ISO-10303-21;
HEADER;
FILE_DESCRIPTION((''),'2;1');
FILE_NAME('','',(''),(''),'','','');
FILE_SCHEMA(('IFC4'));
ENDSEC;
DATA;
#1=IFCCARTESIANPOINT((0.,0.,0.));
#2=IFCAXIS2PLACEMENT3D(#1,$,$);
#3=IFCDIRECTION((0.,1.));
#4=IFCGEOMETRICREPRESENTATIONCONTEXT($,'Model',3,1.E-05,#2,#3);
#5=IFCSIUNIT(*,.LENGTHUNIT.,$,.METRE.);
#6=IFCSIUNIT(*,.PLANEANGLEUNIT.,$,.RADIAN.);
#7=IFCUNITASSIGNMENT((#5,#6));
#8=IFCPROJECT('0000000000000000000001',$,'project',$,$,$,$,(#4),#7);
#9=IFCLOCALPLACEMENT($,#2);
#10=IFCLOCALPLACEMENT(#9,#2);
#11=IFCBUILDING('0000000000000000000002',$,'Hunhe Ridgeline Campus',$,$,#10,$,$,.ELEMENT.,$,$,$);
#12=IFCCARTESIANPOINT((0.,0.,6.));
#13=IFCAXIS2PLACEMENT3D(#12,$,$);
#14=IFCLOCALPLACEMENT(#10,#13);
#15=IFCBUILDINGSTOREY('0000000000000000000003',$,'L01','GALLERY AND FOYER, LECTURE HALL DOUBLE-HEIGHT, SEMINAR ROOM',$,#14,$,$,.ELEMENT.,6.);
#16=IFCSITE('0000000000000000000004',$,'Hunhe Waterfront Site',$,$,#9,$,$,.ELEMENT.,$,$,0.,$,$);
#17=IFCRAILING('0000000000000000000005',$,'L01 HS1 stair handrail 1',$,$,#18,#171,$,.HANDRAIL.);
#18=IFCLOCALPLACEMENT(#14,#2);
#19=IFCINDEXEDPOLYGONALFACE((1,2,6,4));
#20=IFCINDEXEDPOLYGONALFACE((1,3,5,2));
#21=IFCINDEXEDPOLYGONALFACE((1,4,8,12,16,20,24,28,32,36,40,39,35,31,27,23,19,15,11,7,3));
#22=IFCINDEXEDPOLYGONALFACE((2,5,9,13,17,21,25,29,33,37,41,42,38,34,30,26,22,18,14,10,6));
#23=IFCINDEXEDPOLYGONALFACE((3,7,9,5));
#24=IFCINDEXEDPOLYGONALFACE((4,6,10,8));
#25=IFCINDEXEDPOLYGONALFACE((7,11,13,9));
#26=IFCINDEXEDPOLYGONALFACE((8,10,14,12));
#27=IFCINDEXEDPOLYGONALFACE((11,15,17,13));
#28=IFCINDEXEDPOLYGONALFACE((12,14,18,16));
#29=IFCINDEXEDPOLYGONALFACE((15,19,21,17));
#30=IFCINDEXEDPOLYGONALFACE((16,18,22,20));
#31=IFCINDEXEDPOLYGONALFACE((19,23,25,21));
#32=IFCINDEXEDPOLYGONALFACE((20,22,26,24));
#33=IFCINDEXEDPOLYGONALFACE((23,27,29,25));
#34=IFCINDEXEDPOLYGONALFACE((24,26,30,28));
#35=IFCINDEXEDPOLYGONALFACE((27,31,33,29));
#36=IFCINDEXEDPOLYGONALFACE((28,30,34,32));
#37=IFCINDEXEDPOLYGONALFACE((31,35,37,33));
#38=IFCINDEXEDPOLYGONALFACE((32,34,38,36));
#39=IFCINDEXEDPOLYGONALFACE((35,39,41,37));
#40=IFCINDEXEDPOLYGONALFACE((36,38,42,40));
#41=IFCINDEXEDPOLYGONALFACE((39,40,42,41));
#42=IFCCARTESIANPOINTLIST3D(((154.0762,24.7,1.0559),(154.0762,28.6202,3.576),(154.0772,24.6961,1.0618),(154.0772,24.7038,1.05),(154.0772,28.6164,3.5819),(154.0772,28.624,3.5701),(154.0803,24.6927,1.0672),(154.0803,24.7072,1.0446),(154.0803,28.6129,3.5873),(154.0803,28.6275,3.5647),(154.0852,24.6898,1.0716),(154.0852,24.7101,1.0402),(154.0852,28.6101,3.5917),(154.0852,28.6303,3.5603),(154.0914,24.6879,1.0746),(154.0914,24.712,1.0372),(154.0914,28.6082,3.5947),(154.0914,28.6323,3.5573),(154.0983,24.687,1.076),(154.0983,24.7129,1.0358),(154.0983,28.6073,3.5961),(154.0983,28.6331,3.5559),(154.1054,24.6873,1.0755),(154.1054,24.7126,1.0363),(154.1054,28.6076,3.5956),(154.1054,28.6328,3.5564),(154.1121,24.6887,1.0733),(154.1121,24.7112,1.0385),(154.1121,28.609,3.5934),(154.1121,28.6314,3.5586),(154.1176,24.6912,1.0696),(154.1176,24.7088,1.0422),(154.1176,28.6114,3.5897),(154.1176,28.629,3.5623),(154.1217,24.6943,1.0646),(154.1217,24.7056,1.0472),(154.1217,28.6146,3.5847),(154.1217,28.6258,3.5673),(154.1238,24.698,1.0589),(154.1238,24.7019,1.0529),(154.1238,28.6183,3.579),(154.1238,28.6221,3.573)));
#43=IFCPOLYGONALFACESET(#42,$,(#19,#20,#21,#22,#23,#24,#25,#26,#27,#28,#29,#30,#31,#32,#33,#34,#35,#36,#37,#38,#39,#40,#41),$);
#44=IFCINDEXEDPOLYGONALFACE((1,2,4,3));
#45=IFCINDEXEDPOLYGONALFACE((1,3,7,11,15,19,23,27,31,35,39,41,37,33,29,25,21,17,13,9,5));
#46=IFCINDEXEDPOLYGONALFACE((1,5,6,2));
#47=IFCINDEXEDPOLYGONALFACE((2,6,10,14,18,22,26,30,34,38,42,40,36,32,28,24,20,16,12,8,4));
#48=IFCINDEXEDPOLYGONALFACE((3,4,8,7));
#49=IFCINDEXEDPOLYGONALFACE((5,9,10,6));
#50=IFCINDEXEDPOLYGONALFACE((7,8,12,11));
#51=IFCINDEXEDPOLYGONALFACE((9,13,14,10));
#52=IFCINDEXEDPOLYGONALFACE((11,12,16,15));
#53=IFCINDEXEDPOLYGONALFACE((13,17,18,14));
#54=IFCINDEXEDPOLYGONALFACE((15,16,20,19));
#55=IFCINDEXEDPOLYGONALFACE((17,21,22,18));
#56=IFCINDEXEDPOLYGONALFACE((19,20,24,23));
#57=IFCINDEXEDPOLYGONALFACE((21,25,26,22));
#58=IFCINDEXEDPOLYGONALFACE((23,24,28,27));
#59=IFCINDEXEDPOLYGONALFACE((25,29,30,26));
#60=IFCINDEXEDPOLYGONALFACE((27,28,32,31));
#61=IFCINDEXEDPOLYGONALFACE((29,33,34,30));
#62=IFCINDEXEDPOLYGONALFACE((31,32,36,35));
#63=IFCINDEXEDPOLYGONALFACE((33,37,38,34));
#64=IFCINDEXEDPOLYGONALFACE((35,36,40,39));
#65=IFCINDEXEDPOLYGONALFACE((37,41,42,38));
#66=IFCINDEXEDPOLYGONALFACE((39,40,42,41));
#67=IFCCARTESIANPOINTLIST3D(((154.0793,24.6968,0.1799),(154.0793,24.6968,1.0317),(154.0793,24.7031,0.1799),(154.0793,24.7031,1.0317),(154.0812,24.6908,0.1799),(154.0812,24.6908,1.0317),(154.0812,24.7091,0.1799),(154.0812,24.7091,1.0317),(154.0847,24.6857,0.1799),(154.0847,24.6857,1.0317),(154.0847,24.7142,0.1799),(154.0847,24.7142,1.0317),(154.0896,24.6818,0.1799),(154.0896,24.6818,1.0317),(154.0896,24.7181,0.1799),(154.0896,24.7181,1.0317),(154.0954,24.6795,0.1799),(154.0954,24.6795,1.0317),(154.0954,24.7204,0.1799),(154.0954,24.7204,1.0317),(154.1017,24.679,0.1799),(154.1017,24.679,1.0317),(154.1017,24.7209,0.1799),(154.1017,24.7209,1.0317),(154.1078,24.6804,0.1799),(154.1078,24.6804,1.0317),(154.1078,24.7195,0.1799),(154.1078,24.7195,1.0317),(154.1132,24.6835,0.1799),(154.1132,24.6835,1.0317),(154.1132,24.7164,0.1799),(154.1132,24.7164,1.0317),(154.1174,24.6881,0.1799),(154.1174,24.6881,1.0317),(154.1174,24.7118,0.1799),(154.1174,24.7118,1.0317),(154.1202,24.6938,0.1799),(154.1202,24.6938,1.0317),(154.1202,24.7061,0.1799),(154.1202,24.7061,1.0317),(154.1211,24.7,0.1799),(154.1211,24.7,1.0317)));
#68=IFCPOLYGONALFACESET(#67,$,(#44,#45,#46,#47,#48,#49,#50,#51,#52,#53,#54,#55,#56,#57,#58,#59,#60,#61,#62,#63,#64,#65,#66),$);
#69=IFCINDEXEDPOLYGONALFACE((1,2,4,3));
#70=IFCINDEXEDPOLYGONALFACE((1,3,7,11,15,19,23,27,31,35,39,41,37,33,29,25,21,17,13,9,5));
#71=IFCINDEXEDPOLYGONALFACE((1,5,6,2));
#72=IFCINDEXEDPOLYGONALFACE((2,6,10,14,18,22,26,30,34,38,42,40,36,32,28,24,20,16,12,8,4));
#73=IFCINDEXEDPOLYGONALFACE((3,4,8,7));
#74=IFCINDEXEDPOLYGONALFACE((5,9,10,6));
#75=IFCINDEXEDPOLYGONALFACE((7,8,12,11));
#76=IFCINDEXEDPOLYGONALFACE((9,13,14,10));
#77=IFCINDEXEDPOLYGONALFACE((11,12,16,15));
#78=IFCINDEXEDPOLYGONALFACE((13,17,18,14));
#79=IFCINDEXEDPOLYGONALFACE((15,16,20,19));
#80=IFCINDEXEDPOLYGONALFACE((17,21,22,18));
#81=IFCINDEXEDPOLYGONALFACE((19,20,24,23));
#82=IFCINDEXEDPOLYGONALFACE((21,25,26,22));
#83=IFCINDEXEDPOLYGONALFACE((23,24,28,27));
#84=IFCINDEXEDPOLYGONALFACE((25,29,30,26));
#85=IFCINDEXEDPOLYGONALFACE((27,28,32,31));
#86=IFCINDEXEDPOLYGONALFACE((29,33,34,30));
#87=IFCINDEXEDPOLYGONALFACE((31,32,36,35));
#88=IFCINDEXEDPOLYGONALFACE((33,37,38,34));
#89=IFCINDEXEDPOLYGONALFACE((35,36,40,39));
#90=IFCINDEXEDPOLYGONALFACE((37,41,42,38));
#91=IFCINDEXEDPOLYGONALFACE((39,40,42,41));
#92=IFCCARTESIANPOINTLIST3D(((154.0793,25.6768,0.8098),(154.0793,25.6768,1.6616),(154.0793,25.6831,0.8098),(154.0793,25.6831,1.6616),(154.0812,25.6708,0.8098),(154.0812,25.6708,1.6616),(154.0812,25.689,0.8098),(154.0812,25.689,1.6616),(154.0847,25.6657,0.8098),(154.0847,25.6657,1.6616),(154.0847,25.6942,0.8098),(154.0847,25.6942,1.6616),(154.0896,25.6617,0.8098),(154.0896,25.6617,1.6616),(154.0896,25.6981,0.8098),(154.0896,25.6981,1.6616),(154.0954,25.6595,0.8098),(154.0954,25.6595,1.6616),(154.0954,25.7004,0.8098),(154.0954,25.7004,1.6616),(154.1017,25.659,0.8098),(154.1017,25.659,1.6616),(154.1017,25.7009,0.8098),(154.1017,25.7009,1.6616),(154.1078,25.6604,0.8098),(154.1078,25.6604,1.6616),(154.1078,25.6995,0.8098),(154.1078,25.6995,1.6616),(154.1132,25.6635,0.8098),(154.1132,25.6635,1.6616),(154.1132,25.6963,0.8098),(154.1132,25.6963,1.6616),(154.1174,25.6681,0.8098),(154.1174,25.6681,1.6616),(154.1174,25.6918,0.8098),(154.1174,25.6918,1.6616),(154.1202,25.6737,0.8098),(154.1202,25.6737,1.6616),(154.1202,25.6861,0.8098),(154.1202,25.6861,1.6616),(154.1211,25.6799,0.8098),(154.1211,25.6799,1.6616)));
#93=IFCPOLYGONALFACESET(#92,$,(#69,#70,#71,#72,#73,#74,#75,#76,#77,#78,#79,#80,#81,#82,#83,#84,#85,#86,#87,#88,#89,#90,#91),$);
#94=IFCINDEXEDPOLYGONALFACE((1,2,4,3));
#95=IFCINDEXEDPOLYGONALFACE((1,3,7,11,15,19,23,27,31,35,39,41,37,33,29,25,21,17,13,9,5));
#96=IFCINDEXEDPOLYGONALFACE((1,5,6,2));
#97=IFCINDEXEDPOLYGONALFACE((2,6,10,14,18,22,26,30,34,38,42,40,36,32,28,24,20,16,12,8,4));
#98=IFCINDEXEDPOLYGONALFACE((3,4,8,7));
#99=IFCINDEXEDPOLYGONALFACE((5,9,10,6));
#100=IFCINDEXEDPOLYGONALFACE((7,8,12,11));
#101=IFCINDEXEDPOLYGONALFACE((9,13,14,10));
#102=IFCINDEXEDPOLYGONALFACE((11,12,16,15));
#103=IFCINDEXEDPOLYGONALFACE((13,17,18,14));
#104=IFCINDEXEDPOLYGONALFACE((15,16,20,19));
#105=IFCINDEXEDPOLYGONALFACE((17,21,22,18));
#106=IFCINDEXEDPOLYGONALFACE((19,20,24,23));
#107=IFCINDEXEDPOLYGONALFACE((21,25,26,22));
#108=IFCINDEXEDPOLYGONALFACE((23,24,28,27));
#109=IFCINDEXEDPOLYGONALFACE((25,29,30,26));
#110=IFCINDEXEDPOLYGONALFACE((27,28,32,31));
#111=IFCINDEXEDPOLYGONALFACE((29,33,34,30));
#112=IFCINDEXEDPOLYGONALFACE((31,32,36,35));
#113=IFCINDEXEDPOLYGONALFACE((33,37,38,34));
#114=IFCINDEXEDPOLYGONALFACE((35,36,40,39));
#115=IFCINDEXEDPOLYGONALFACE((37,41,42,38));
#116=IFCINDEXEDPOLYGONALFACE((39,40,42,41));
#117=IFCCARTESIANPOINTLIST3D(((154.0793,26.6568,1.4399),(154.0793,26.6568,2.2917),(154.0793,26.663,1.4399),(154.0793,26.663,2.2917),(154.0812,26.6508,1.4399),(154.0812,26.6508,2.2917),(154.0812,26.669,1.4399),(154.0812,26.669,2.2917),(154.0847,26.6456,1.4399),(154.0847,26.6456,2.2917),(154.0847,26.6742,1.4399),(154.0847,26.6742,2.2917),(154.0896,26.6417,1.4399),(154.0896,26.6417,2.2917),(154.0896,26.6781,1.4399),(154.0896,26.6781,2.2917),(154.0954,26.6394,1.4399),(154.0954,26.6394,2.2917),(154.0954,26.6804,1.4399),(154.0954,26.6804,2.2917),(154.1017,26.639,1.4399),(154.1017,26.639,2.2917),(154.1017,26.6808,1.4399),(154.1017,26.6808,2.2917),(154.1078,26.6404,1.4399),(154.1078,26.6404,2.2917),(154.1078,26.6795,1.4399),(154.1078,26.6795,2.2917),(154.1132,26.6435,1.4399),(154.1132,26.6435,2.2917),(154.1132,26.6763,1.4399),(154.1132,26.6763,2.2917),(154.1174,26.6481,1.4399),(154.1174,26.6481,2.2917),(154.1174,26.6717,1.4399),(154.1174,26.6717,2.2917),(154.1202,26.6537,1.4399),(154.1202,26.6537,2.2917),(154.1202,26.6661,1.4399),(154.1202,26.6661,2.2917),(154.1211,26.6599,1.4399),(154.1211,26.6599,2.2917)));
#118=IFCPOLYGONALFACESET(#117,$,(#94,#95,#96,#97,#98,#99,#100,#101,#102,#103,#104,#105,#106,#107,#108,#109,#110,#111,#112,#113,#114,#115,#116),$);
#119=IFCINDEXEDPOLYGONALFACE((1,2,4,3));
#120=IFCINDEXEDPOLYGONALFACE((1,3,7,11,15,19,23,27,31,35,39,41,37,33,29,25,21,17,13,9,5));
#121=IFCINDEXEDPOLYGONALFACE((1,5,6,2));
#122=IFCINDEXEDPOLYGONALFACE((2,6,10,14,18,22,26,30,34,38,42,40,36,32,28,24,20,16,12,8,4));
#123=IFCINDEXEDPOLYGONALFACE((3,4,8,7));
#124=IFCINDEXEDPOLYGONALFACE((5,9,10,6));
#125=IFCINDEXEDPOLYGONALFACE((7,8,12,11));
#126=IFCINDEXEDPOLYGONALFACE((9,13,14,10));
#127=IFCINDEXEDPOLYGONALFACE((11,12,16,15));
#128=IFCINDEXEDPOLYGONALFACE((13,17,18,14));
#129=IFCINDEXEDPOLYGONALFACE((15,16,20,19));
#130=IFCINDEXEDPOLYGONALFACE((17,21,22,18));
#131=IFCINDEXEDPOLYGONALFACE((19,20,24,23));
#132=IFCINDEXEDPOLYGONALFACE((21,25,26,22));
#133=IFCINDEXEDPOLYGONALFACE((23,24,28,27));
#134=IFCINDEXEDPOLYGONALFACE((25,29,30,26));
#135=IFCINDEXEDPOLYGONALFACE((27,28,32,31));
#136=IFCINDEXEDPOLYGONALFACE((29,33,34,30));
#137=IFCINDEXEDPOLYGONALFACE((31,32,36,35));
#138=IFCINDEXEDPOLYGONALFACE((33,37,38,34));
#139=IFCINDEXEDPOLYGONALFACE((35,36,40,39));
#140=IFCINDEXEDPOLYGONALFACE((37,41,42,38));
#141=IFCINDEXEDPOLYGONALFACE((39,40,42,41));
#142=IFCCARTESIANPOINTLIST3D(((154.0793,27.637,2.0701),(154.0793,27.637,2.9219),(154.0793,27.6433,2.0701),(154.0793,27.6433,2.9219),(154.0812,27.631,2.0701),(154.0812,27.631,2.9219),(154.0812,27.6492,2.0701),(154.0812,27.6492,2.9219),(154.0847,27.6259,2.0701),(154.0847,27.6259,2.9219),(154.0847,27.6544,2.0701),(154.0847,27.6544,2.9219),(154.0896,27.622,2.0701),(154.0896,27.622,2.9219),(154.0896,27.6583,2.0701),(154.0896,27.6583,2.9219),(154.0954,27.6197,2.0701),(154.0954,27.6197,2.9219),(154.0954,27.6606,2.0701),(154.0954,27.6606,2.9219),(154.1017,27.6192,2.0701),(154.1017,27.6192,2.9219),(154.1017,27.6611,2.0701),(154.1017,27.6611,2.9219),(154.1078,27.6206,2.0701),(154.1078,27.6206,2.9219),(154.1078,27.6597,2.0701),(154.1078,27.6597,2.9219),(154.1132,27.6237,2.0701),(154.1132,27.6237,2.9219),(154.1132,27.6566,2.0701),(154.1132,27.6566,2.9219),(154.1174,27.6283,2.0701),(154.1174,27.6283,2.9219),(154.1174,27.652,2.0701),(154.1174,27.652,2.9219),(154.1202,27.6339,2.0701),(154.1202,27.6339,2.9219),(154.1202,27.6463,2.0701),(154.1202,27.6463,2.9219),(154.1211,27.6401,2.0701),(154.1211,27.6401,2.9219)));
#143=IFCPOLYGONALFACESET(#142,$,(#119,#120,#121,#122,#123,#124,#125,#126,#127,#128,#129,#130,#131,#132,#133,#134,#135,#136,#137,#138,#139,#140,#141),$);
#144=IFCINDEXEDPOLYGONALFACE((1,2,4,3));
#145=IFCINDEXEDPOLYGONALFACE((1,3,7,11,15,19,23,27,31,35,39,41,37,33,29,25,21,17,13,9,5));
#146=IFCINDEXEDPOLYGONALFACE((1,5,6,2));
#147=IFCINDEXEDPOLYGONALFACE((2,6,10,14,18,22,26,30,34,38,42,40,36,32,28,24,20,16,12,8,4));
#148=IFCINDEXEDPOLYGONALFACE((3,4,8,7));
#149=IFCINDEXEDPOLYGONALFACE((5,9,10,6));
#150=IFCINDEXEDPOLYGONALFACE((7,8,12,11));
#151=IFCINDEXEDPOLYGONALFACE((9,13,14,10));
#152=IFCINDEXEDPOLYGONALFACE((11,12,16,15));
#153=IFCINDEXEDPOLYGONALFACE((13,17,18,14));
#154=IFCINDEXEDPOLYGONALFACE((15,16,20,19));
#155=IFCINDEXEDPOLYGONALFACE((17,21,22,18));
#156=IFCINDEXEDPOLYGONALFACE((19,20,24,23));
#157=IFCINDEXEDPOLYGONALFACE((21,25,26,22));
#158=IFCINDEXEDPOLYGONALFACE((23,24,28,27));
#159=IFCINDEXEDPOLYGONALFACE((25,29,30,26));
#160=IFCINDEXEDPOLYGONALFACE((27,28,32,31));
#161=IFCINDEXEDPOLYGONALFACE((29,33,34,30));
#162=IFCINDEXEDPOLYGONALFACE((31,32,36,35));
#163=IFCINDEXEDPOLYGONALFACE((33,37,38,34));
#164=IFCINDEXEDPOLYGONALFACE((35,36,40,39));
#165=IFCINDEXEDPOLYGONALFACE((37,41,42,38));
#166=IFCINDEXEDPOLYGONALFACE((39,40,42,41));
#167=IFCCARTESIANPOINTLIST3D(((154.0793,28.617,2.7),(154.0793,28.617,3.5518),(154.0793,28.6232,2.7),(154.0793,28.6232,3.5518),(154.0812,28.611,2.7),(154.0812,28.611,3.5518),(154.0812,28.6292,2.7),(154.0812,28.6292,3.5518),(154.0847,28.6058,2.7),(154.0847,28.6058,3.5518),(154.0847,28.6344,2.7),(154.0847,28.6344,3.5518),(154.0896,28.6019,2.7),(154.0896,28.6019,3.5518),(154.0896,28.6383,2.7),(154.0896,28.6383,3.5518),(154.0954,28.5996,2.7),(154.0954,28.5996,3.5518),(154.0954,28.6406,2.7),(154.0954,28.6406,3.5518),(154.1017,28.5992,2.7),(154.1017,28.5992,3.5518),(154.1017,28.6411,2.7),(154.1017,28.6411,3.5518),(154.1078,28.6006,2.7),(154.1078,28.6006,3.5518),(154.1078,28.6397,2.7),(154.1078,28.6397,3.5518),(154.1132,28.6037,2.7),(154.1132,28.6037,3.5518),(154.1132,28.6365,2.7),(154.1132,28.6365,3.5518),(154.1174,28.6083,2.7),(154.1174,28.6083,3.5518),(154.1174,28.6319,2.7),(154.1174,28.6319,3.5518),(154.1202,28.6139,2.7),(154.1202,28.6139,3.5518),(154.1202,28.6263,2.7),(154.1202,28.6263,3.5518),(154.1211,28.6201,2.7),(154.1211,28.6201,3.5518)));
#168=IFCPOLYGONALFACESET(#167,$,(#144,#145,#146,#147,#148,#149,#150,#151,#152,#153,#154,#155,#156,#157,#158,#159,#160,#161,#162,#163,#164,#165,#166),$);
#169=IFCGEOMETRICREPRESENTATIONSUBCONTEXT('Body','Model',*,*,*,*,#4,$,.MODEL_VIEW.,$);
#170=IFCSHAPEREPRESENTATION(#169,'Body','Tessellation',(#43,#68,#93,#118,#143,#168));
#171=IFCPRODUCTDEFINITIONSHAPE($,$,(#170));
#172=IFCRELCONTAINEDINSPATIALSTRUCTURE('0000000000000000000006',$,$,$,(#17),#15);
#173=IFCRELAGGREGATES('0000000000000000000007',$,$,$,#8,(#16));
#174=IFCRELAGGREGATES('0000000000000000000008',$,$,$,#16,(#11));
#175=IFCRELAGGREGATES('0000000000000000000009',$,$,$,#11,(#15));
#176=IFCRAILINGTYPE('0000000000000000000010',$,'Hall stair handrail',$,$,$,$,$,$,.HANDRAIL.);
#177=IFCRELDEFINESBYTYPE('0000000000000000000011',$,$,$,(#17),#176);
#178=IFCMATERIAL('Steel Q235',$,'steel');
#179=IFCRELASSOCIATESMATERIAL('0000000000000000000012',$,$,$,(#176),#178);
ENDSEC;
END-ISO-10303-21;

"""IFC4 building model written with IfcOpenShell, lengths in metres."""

from ifc_helpers import new_model, si_unit, direction, frame, origin, origin_2d, place, context, subcontext, project, spatial, circle, extrude, material, type_object, element, save


model = new_model("IFC4")

# Units and contexts
model_context = context("Model", 3, precision=1e-05, world=origin(), true_north=direction((0.0, 1.0)))
body_context = subcontext(model_context, "Body", "Model", "MODEL_VIEW")
ifc_project = project(units=[si_unit("LENGTHUNIT", "METRE"), si_unit("PLANEANGLEUNIT", "RADIAN")], contexts=[model_context])

# Site, building, storey
site_placement = place(None, origin())
site = spatial("IfcSite", under=ifc_project, at=site_placement, Name="Hunhe Waterfront Site", CompositionType="ELEMENT", RefElevation=0.0)
building_placement = place(site_placement, origin())
building = spatial("IfcBuilding", under=site, at=building_placement, Name="Hunhe Ridgeline Campus", CompositionType="ELEMENT")
storey_placement = place(building_placement, frame((0.0, 0.0, 6.0)))
storey = spatial("IfcBuildingStorey", under=building, at=storey_placement, Name="L01", Description="GALLERY AND FOYER, LECTURE HALL DOUBLE-HEIGHT, SEMINAR ROOM", CompositionType="ELEMENT", Elevation=6.0)

# Shared definitions
ifc_material_1 = material(Name="Steel Q235", Category="steel")

# Railing
railing_type_1 = type_object("IfcRailingType", Name="Hall stair handrail", PredefinedType="HANDRAIL", material=ifc_material_1)
railing_1_placement = place(storey_placement, frame((154.1001, 24.7, 0.1799)))
element("IfcRailing", 1, at=railing_1_placement, inside=storey, type_object=railing_type_1, Name="L01 HS1 stair handrail 1", PredefinedType="HANDRAIL", context=body_context, shape_type="SweptSolid", body=[
    extrude(circle(Radius=0.0239, at=origin_2d()), frame((0.0, 0.0, 0.876), z_axis=(0.0, 0.841187, 0.540744), x_axis=(-1.0, 0.0, 0.0)), (0.0, 0.0, 1.0), 4.6604),
    extrude(circle(Radius=0.021, at=origin_2d()), origin(), (0.0, 0.0, 1.0), 0.8518),
    extrude(circle(Radius=0.021, at=origin_2d()), frame((0.0, 0.98, 0.6299)), (0.0, 0.0, 1.0), 0.8518),
    extrude(circle(Radius=0.021, at=origin_2d()), frame((0.0, 1.96, 1.26)), (0.0, 0.0, 1.0), 0.8518),
    extrude(circle(Radius=0.021, at=origin_2d()), frame((0.0, 2.9402, 1.8901)), (0.0, 0.0, 1.0), 0.8518),
    extrude(circle(Radius=0.021, at=origin_2d()), frame((0.0, 3.9202, 2.52)), (0.0, 0.0, 1.0), 0.8518),
])

save(model, "model.ifc")
